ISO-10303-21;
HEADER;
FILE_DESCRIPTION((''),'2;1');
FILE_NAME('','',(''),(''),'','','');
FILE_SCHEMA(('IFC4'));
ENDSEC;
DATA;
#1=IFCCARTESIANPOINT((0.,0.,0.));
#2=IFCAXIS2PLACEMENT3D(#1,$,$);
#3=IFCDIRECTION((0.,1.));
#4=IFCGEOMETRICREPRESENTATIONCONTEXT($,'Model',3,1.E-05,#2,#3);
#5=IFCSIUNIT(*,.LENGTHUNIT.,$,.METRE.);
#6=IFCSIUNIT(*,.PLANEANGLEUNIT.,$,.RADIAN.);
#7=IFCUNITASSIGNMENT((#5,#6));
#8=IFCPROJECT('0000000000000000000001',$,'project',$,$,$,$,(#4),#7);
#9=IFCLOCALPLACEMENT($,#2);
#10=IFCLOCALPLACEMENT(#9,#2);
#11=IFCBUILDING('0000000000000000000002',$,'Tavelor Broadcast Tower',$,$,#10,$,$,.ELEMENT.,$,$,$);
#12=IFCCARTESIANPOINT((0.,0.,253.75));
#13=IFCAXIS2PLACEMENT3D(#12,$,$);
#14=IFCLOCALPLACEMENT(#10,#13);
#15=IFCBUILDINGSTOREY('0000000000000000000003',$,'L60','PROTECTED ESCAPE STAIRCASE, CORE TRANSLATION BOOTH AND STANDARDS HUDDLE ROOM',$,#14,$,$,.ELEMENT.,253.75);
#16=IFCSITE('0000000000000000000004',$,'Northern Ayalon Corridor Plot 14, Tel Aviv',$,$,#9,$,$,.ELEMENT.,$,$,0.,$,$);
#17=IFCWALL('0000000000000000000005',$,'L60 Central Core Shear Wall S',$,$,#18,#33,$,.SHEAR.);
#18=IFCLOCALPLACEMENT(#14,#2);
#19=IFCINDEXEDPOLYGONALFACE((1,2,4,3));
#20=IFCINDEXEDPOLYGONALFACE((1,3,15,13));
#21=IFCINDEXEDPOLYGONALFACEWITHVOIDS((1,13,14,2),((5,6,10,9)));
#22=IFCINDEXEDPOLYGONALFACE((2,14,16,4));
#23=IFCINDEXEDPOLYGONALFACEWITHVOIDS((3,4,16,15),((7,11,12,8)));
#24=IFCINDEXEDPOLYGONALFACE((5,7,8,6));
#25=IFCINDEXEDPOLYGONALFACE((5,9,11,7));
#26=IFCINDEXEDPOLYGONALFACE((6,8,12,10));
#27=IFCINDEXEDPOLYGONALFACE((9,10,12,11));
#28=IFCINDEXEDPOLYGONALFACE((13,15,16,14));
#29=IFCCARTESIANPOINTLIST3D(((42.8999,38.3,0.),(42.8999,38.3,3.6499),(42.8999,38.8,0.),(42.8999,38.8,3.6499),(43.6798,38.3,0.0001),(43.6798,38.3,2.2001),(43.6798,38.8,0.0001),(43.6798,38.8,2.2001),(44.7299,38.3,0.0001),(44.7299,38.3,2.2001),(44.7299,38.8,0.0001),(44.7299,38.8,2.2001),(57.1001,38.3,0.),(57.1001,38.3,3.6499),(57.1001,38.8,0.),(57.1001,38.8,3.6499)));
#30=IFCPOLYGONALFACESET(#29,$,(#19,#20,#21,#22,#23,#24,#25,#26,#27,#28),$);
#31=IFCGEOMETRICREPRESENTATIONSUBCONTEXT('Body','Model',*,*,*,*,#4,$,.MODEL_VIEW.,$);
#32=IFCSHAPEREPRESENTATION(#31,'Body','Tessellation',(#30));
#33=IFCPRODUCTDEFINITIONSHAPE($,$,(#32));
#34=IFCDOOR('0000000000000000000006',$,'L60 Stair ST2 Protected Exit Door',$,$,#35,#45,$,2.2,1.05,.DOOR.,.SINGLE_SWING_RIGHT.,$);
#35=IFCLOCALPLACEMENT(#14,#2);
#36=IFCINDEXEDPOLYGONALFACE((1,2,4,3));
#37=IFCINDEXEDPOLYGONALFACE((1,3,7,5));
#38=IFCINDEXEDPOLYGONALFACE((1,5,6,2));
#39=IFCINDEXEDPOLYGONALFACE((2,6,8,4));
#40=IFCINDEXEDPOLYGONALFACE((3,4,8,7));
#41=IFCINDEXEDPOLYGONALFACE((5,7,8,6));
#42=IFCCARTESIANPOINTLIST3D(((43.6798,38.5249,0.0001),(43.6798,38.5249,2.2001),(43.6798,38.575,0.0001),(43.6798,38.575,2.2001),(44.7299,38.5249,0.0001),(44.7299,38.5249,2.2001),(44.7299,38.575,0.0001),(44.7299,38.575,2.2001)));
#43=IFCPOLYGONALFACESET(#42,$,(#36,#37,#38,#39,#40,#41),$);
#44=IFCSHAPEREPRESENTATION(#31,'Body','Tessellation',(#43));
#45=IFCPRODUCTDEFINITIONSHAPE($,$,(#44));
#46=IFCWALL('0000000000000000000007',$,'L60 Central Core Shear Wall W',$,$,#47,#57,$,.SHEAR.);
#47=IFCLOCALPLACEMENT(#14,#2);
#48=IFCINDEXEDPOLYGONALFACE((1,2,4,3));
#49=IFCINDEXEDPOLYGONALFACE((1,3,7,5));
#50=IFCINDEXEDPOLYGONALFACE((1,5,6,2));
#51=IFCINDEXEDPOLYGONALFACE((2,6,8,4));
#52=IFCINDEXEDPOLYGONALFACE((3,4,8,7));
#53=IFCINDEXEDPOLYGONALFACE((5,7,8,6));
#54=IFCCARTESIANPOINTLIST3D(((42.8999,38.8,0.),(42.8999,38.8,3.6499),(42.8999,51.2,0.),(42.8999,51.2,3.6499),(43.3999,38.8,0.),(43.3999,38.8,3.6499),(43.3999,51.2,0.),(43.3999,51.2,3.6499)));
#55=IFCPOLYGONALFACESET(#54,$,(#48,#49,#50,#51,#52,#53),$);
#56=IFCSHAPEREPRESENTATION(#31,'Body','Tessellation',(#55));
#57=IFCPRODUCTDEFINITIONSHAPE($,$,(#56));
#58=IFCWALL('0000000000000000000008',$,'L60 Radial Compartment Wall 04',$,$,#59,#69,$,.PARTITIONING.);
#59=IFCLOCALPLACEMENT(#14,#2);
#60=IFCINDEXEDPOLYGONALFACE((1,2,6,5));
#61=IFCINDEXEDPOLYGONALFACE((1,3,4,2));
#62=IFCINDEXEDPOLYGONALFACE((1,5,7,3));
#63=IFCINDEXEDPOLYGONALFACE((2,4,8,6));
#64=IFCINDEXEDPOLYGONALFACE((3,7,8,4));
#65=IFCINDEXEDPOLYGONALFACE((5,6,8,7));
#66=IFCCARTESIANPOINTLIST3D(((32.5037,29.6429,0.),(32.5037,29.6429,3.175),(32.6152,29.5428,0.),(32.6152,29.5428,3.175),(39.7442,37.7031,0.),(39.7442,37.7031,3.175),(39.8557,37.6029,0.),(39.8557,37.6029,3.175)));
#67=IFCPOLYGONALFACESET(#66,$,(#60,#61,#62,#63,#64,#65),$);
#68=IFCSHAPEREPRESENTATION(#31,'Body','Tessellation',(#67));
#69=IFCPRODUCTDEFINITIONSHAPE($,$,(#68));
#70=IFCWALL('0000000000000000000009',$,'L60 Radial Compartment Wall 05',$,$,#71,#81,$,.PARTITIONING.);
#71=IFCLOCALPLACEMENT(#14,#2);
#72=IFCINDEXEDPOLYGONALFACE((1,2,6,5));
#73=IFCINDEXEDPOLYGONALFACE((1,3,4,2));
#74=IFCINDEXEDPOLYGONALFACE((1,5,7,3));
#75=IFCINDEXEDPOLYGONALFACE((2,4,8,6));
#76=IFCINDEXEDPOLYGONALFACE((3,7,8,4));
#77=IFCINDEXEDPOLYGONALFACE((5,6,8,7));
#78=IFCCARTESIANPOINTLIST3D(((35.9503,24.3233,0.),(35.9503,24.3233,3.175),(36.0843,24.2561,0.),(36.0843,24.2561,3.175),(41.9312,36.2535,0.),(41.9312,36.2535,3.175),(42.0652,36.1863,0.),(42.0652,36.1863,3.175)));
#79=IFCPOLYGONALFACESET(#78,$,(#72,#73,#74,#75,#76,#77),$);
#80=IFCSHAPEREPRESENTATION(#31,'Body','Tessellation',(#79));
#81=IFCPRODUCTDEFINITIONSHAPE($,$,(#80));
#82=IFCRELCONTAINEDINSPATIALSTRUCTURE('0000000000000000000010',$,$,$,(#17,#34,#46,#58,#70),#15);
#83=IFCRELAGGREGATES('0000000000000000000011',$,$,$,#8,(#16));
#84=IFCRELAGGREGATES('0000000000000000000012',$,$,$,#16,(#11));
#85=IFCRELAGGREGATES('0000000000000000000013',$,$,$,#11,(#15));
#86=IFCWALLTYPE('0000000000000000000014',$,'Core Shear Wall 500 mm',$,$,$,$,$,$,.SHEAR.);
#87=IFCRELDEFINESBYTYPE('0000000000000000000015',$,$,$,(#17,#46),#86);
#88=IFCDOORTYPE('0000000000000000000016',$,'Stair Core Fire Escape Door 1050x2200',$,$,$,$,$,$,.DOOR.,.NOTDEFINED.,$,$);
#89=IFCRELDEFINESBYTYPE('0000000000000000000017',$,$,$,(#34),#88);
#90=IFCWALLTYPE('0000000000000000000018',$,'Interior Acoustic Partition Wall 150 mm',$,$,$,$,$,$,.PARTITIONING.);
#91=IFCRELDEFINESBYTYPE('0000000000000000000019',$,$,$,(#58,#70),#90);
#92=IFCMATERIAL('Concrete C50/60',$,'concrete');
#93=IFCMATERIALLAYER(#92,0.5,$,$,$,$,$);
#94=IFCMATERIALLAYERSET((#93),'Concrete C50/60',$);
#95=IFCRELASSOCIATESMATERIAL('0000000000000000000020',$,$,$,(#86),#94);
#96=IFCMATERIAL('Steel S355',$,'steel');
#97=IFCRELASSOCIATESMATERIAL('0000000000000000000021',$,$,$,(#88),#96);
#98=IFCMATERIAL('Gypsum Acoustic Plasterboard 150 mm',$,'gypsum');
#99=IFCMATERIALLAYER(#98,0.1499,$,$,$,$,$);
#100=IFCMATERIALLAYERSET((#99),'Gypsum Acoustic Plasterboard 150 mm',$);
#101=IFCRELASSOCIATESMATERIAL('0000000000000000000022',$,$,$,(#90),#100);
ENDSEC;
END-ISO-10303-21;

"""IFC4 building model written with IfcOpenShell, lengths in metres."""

from ifc_helpers import new_model, si_unit, direction, frame, frame_2d, origin, place, context, subcontext, project, spatial, rectangle, extrude, material, layer, layer_set, type_object, element, fill, save


model = new_model("IFC4")

# Units and contexts
model_context = context("Model", 3, precision=1e-05, world=origin(), true_north=direction((0.0, 1.0)))
body_context = subcontext(model_context, "Body", "Model", "MODEL_VIEW")
ifc_project = project(units=[si_unit("LENGTHUNIT", "METRE"), si_unit("PLANEANGLEUNIT", "RADIAN")], contexts=[model_context])

# Site, building, storey
site_placement = place(None, origin())
site = spatial("IfcSite", under=ifc_project, at=site_placement, Name="Northern Ayalon Corridor Plot 14, Tel Aviv", CompositionType="ELEMENT", RefElevation=0.0)
building_placement = place(site_placement, origin())
building = spatial("IfcBuilding", under=site, at=building_placement, Name="Tavelor Broadcast Tower", CompositionType="ELEMENT")
storey_placement = place(building_placement, frame((0.0, 0.0, 253.75)))
storey = spatial("IfcBuildingStorey", under=building, at=storey_placement, Name="L60", Description="PROTECTED ESCAPE STAIRCASE, CORE TRANSLATION BOOTH AND STANDARDS HUDDLE ROOM", CompositionType="ELEMENT", Elevation=253.75)

# Shared definitions
ifc_material_1 = material(Name="Steel S355", Category="steel")

# Wall, opening, door
ifc_material_2 = material(Name="Concrete C50/60", Category="concrete")
ifc_layer_1 = layer(ifc_material_2, 0.5)
ifc_layer_set_1 = layer_set([ifc_layer_1], Name="Concrete C50/60")
wall_type_1 = type_object("IfcWallType", Name="Core Shear Wall 500 mm", PredefinedType="SHEAR", material=ifc_layer_set_1)
wall_1_placement = place(storey_placement, frame((42.8999, 38.55, 0.0), z_axis=(0.0, 0.0, 1.0), x_axis=(1.0, 0.0, 0.0)))
wall_1 = element("IfcWall", 1, at=wall_1_placement, inside=storey, type_object=wall_type_1, Name="L60 Central Core Shear Wall S", PredefinedType="SHEAR", context=body_context, shape_type="SweptSolid", body=[
    extrude(rectangle(XDim=14.2002, YDim=0.5, at=frame_2d((7.1001, 0.0))), origin(), (0.0, 0.0, 1.0), 3.6499),
])
opening_placement = place(wall_1_placement, frame((0.78, 0.0, 0.0)))
opening = element("IfcOpeningElement", 2, at=opening_placement, cuts=wall_1, PredefinedType="OPENING", context=body_context, shape_type="SweptSolid", body=[
    extrude(rectangle(XDim=1.05, YDim=2.2, at=frame_2d((0.5249, 1.1001))), frame((0.0, 0.26, 0.0), z_axis=(0.0, -1.0, 0.0), x_axis=(1.0, 0.0, 0.0)), (0.0, 0.0, 1.0), 0.52),
])
door_type = type_object("IfcDoorType", Name="Stair Core Fire Escape Door 1050x2200", OperationType="NOTDEFINED", PredefinedType="DOOR", material=ifc_material_1)
door_placement = place(opening_placement, origin())
door = element("IfcDoor", 3, at=door_placement, inside=storey, type_object=door_type, Name="L60 Stair ST2 Protected Exit Door", OperationType="SINGLE_SWING_RIGHT", OverallHeight=2.2, OverallWidth=1.05, PredefinedType="DOOR", context=body_context, shape_type="SweptSolid", body=[
    extrude(rectangle(XDim=1.05, YDim=2.2, at=frame_2d((0.5249, 1.1001))), frame((0.0, 0.0249, 0.0), z_axis=(0.0, -1.0, 0.0), x_axis=(1.0, 0.0, 0.0)), (0.0, 0.0, 1.0), 0.05),
])
fill(opening, door)

# Walls
wall_2_placement = place(storey_placement, frame((43.1499, 38.8, 0.0), z_axis=(0.0, 0.0, 1.0), x_axis=(0.0, 1.0, 0.0)))
element("IfcWall", 4, at=wall_2_placement, inside=storey, type_object=wall_type_1, Name="L60 Central Core Shear Wall W", PredefinedType="SHEAR", context=body_context, shape_type="SweptSolid", body=[
    extrude(rectangle(XDim=12.3999, YDim=0.5, at=frame_2d((6.2, 0.0))), origin(), (0.0, 0.0, 1.0), 3.6499),
])
ifc_material_3 = material(Name="Gypsum Acoustic Plasterboard 150 mm", Category="gypsum")
ifc_layer_2 = layer(ifc_material_3, 0.1499)
ifc_layer_set_2 = layer_set([ifc_layer_2], Name="Gypsum Acoustic Plasterboard 150 mm")
wall_type_2 = type_object("IfcWallType", Name="Interior Acoustic Partition Wall 150 mm", PredefinedType="PARTITIONING", material=ifc_layer_set_2)
wall_3_placement = place(storey_placement, frame((39.8, 37.6531, 0.0), z_axis=(0.0, 0.0, 1.0), x_axis=(-0.668272, -0.743917, 0.0)))
element("IfcWall", 5, at=wall_3_placement, inside=storey, type_object=wall_type_2, Name="L60 Radial Compartment Wall 04", PredefinedType="PARTITIONING", context=body_context, shape_type="SweptSolid", body=[
    extrude(rectangle(XDim=10.8347, YDim=0.1499, at=frame_2d((5.4175, 0.0))), origin(), (0.0, 0.0, 1.0), 3.175),
])
wall_4_placement = place(storey_placement, frame((41.9983, 36.22, 0.0), z_axis=(0.0, 0.0, 1.0), x_axis=(-0.448165, -0.893951, 0.0)))
element("IfcWall", 6, at=wall_4_placement, inside=storey, type_object=wall_type_2, Name="L60 Radial Compartment Wall 05", PredefinedType="PARTITIONING", context=body_context, shape_type="SweptSolid", body=[
    extrude(rectangle(XDim=13.3455, YDim=0.1499, at=frame_2d((6.6729, 0.0))), origin(), (0.0, 0.0, 1.0), 3.175),
])

save(model, "model.ifc")
